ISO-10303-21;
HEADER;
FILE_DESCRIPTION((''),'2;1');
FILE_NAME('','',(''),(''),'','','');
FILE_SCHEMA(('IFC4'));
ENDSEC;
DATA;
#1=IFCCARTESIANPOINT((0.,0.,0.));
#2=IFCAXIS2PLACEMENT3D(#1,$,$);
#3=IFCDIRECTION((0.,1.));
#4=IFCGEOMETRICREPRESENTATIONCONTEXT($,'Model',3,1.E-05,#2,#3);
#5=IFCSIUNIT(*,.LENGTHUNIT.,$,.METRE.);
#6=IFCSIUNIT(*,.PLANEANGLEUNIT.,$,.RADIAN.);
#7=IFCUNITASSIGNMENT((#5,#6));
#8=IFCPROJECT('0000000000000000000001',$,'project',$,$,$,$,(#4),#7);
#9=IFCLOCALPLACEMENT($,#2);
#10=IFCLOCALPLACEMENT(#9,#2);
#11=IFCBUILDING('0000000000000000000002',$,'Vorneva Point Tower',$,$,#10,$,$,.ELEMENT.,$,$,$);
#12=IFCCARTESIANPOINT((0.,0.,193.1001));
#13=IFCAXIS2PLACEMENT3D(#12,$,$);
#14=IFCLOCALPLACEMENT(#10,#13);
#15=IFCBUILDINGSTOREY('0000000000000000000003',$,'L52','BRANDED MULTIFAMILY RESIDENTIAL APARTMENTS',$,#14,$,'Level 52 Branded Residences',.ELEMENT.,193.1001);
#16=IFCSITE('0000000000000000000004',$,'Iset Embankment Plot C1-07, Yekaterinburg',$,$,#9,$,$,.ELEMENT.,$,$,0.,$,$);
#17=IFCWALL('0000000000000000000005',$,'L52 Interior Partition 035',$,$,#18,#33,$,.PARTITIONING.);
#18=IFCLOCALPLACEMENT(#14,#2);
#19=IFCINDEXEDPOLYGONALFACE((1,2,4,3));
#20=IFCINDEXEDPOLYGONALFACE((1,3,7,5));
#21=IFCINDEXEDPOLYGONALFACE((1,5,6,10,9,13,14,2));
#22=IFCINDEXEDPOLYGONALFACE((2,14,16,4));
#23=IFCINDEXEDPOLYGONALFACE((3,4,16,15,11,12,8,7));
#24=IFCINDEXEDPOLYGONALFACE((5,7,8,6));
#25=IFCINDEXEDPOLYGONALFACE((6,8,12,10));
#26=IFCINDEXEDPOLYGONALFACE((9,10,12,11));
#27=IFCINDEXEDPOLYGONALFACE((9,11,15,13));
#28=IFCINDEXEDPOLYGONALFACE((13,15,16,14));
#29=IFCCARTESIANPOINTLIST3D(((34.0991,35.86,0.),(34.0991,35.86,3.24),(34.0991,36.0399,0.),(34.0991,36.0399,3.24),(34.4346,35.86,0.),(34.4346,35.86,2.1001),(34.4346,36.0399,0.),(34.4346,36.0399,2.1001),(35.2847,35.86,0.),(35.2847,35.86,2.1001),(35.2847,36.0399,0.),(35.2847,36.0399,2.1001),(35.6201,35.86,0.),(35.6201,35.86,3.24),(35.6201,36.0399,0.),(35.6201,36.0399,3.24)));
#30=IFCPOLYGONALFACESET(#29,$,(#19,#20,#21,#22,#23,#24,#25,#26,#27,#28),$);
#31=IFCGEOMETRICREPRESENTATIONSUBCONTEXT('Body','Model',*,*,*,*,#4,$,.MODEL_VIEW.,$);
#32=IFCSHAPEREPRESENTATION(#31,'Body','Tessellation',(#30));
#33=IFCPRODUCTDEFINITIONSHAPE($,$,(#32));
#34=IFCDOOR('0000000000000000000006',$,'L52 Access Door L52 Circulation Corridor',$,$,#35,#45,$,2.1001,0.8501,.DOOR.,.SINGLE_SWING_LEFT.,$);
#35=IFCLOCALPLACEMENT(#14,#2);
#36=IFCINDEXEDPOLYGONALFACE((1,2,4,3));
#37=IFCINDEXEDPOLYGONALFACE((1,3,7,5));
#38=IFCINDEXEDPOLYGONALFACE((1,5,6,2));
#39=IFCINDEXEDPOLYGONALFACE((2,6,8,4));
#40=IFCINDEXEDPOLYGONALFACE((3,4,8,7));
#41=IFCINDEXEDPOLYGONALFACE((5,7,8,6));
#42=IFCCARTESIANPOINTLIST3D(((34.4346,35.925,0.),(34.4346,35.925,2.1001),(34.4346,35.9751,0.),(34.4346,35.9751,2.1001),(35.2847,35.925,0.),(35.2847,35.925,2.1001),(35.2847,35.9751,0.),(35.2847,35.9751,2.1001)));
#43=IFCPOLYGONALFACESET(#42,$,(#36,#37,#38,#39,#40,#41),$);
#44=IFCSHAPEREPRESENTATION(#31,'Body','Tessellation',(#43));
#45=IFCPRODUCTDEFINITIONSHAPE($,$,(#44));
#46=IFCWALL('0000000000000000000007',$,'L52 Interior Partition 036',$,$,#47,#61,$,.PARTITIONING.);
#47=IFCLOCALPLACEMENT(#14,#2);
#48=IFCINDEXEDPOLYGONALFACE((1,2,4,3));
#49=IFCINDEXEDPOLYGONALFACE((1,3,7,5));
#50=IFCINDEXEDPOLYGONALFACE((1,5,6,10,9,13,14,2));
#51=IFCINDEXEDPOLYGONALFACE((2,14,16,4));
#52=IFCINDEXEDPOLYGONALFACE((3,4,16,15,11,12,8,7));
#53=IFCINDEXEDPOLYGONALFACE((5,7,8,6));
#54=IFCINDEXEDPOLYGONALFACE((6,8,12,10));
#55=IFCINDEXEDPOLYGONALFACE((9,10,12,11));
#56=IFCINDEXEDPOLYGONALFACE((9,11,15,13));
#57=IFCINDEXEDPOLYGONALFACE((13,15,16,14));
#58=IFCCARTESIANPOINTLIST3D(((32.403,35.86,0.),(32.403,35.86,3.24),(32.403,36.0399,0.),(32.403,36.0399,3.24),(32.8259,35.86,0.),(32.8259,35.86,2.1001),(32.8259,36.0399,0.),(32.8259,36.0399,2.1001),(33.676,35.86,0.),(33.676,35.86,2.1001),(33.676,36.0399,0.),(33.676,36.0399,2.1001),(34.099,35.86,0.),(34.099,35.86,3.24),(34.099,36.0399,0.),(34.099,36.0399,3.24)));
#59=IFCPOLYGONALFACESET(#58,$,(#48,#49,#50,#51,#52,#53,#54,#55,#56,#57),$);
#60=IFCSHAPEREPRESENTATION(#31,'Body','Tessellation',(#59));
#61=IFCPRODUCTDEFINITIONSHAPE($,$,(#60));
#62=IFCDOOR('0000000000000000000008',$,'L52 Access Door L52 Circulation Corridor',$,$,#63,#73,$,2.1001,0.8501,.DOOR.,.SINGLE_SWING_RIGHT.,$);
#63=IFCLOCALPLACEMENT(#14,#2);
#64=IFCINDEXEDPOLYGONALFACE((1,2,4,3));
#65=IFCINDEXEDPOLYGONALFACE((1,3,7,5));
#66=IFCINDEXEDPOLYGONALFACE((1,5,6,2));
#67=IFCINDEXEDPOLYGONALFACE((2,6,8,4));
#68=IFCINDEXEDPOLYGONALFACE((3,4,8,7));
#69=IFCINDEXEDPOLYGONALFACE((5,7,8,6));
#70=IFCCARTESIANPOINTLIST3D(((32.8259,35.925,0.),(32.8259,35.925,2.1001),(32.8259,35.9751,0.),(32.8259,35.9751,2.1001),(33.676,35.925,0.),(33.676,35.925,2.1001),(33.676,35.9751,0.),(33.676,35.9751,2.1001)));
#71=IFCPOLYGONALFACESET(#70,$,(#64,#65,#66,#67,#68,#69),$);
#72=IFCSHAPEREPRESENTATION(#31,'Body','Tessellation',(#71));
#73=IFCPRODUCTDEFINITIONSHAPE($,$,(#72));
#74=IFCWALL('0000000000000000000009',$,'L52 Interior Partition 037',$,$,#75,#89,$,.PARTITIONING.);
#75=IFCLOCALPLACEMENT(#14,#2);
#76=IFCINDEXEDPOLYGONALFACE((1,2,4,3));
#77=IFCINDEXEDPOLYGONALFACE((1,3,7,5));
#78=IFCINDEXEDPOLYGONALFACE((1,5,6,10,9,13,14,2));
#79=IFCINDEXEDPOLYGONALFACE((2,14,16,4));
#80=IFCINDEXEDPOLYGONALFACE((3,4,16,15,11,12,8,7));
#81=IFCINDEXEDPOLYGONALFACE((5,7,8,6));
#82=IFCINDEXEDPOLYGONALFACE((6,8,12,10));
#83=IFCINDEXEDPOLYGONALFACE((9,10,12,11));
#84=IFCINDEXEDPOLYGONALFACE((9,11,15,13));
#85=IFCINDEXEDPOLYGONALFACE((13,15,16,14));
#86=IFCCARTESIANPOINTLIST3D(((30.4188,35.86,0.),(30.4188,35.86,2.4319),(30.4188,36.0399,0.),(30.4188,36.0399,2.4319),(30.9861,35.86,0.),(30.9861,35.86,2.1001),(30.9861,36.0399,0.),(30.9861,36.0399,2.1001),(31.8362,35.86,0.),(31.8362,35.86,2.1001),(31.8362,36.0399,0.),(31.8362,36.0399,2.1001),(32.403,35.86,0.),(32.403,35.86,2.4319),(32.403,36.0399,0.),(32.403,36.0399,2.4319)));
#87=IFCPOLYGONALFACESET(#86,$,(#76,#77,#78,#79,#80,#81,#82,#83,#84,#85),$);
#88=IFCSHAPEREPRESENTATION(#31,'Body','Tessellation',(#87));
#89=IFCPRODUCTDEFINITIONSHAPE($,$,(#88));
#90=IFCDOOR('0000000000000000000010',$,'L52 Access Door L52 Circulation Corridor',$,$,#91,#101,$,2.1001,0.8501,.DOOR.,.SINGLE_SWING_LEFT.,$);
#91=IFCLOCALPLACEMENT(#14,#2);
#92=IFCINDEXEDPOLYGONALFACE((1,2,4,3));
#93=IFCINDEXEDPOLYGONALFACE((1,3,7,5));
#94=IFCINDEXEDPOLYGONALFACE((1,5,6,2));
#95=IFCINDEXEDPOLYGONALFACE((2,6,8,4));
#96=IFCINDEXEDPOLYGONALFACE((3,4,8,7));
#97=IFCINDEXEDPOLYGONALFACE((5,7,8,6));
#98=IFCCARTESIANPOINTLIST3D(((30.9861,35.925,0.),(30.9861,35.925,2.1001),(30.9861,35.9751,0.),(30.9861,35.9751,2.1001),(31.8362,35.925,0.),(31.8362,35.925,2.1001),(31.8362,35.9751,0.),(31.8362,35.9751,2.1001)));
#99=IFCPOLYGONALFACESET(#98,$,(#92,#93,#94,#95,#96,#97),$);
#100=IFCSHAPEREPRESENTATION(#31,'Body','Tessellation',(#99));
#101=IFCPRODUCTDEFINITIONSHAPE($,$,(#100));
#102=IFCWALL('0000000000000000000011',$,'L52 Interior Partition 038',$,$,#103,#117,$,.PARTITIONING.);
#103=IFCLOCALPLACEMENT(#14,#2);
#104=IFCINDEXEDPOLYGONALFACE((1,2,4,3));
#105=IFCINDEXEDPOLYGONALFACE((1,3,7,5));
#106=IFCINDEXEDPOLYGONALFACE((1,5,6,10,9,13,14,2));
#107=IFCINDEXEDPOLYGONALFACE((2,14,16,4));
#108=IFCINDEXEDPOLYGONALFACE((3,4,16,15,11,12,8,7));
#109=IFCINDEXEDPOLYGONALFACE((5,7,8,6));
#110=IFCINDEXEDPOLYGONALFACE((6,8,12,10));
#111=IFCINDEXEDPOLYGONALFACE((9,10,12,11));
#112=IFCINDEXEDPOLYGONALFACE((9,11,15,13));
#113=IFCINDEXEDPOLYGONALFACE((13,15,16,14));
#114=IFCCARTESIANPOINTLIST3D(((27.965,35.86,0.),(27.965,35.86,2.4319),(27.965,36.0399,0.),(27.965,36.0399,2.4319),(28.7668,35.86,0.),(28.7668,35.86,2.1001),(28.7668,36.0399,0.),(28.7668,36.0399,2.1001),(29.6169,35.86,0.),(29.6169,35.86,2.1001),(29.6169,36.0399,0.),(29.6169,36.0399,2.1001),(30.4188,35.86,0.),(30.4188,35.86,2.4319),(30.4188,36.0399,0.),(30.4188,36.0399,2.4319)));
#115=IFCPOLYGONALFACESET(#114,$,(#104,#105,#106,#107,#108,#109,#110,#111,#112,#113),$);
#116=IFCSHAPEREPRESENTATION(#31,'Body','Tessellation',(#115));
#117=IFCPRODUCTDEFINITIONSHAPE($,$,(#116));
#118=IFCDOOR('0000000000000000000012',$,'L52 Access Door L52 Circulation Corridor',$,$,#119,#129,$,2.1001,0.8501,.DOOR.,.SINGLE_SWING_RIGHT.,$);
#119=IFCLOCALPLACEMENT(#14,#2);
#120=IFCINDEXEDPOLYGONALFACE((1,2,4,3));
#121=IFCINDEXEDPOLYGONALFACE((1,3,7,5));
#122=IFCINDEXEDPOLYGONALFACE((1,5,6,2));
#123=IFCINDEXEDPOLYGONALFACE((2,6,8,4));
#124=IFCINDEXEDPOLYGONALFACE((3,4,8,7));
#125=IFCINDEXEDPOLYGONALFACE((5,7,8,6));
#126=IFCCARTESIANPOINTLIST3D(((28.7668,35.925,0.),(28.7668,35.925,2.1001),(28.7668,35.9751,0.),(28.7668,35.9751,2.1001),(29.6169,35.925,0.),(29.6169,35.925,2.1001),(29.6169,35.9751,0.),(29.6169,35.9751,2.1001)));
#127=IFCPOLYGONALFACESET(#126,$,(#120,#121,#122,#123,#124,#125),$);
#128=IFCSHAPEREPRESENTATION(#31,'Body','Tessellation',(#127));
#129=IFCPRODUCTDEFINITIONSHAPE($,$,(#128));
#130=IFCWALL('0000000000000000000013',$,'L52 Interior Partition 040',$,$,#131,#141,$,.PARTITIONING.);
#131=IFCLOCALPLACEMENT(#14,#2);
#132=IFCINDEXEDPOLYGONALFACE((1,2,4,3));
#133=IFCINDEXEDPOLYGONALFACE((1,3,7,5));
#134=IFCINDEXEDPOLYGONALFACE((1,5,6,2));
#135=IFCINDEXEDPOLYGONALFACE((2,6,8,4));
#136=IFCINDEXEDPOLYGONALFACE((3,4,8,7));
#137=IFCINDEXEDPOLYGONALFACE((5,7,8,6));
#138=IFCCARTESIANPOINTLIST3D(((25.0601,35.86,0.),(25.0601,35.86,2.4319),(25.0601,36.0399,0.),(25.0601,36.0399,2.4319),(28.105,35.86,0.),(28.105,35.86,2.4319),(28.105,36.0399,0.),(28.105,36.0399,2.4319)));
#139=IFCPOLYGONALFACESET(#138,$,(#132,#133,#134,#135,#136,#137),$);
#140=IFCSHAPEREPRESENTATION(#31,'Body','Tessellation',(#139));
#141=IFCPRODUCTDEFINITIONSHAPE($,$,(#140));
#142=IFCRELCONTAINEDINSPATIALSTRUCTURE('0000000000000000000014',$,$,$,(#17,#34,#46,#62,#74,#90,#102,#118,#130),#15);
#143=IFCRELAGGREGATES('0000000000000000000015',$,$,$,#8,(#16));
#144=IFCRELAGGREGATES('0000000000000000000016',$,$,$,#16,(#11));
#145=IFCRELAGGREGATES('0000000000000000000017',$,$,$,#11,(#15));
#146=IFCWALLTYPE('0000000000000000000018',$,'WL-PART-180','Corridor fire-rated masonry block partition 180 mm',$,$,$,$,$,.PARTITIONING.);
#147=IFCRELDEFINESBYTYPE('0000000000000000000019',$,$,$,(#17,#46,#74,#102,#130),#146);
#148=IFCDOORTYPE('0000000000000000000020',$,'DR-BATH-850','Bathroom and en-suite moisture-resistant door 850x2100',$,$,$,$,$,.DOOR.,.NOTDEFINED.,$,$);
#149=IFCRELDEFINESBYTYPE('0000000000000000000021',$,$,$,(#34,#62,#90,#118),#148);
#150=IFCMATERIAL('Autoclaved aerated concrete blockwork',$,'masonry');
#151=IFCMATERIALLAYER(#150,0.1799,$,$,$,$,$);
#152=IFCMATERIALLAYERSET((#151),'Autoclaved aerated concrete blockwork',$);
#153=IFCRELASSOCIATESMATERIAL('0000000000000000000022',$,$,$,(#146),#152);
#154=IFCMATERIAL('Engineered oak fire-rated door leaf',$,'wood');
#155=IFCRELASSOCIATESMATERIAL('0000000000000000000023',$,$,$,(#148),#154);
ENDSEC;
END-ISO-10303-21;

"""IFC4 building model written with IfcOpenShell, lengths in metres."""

from ifc_helpers import new_model, si_unit, direction, frame, frame_2d, origin, place, context, subcontext, project, spatial, rectangle, extrude, material, layer, layer_set, type_object, element, fill, save


model = new_model("IFC4")

# Units and contexts
model_context = context("Model", 3, precision=1e-05, world=origin(), true_north=direction((0.0, 1.0)))
body_context = subcontext(model_context, "Body", "Model", "MODEL_VIEW")
ifc_project = project(units=[si_unit("LENGTHUNIT", "METRE"), si_unit("PLANEANGLEUNIT", "RADIAN")], contexts=[model_context])

# Site, building, storey
site_placement = place(None, origin())
site = spatial("IfcSite", under=ifc_project, at=site_placement, Name="Iset Embankment Plot C1-07, Yekaterinburg", CompositionType="ELEMENT", RefElevation=0.0)
building_placement = place(site_placement, origin())
building = spatial("IfcBuilding", under=site, at=building_placement, Name="Vorneva Point Tower", CompositionType="ELEMENT")
storey_placement = place(building_placement, frame((0.0, 0.0, 193.1001)))
storey = spatial("IfcBuildingStorey", under=building, at=storey_placement, Name="L52", Description="BRANDED MULTIFAMILY RESIDENTIAL APARTMENTS", LongName="Level 52 Branded Residences", CompositionType="ELEMENT", Elevation=193.1001)

# Shared definitions
ifc_material_1 = material(Name="Autoclaved aerated concrete blockwork", Category="masonry")
ifc_layer_1 = layer(ifc_material_1, 0.1799)
ifc_layer_set_1 = layer_set([ifc_layer_1], Name="Autoclaved aerated concrete blockwork")
wall_type_1 = type_object("IfcWallType", Name="WL-PART-180", Description="Corridor fire-rated masonry block partition 180 mm", PredefinedType="PARTITIONING", material=ifc_layer_set_1)

# Walls, openings, doors
ifc_material_2 = material(Name="Engineered oak fire-rated door leaf", Category="wood")
door_type_1 = type_object("IfcDoorType", Name="DR-BATH-850", Description="Bathroom and en-suite moisture-resistant door 850x2100", OperationType="NOTDEFINED", PredefinedType="DOOR", material=ifc_material_2)
wall_1_placement = place(storey_placement, frame((35.6201, 35.95, 0.0), z_axis=(0.0, 0.0, 1.0), x_axis=(-1.0, 0.0, 0.0)))
wall_1 = element("IfcWall", 1, at=wall_1_placement, inside=storey, type_object=wall_type_1, Name="L52 Interior Partition 035", PredefinedType="PARTITIONING", context=body_context, shape_type="SweptSolid", body=[
    extrude(rectangle(XDim=1.521, YDim=0.1799, at=frame_2d((0.7605, 0.0))), origin(), (0.0, 0.0, 1.0), 3.24),
])
opening_1_placement = place(wall_1_placement, frame((0.3354, 0.0, 0.0)))
opening_1 = element("IfcOpeningElement", 2, at=opening_1_placement, cuts=wall_1, PredefinedType="OPENING", context=body_context, shape_type="SweptSolid", body=[
    extrude(rectangle(XDim=0.8501, YDim=2.1001, at=frame_2d((0.425, 1.05))), frame((0.0, 0.105, 0.0), z_axis=(0.0, -1.0, 0.0), x_axis=(1.0, 0.0, 0.0)), (0.0, 0.0, 1.0), 0.2097),
])
door_1_placement = place(opening_1_placement, origin())
door_1 = element("IfcDoor", 3, at=door_1_placement, inside=storey, type_object=door_type_1, Name="L52 Access Door L52 Circulation Corridor", OperationType="SINGLE_SWING_LEFT", OverallHeight=2.1001, OverallWidth=0.8501, PredefinedType="DOOR", context=body_context, shape_type="SweptSolid", body=[
    extrude(rectangle(XDim=0.8501, YDim=2.1001, at=frame_2d((0.425, 1.05))), frame((0.0, 0.0249, 0.0), z_axis=(0.0, -1.0, 0.0), x_axis=(1.0, 0.0, 0.0)), (0.0, 0.0, 1.0), 0.05),
])
fill(opening_1, door_1)
wall_2_placement = place(storey_placement, frame((34.0991, 35.95, 0.0), z_axis=(0.0, 0.0, 1.0), x_axis=(-1.0, 0.0, 0.0)))
wall_2 = element("IfcWall", 4, at=wall_2_placement, inside=storey, type_object=wall_type_1, Name="L52 Interior Partition 036", PredefinedType="PARTITIONING", context=body_context, shape_type="SweptSolid", body=[
    extrude(rectangle(XDim=1.696, YDim=0.1799, at=frame_2d((0.8481, 0.0))), origin(), (0.0, 0.0, 1.0), 3.24),
])
opening_2_placement = place(wall_2_placement, frame((0.4231, 0.0, 0.0)))
opening_2 = element("IfcOpeningElement", 5, at=opening_2_placement, cuts=wall_2, PredefinedType="OPENING", context=body_context, shape_type="SweptSolid", body=[
    extrude(rectangle(XDim=0.8501, YDim=2.1001, at=frame_2d((0.425, 1.05))), frame((0.0, 0.105, 0.0), z_axis=(0.0, -1.0, 0.0), x_axis=(1.0, 0.0, 0.0)), (0.0, 0.0, 1.0), 0.2097),
])
door_2_placement = place(opening_2_placement, origin())
door_2 = element("IfcDoor", 6, at=door_2_placement, inside=storey, type_object=door_type_1, Name="L52 Access Door L52 Circulation Corridor", OperationType="SINGLE_SWING_RIGHT", OverallHeight=2.1001, OverallWidth=0.8501, PredefinedType="DOOR", context=body_context, shape_type="SweptSolid", body=[
    extrude(rectangle(XDim=0.8501, YDim=2.1001, at=frame_2d((0.425, 1.05))), frame((0.0, 0.0249, 0.0), z_axis=(0.0, -1.0, 0.0), x_axis=(1.0, 0.0, 0.0)), (0.0, 0.0, 1.0), 0.05),
])
fill(opening_2, door_2)
wall_3_placement = place(storey_placement, frame((32.4031, 35.95, 0.0), z_axis=(0.0, 0.0, 1.0), x_axis=(-1.0, 0.0, 0.0)))
wall_3 = element("IfcWall", 7, at=wall_3_placement, inside=storey, type_object=wall_type_1, Name="L52 Interior Partition 037", PredefinedType="PARTITIONING", context=body_context, shape_type="SweptSolid", body=[
    extrude(rectangle(XDim=1.9841, YDim=0.1799, at=frame_2d((0.9922, 0.0))), origin(), (0.0, 0.0, 1.0), 2.4319),
])
opening_3_placement = place(wall_3_placement, frame((0.5669, 0.0, 0.0)))
opening_3 = element("IfcOpeningElement", 8, at=opening_3_placement, cuts=wall_3, PredefinedType="OPENING", context=body_context, shape_type="SweptSolid", body=[
    extrude(rectangle(XDim=0.8501, YDim=2.1001, at=frame_2d((0.425, 1.05))), frame((0.0, 0.105, 0.0), z_axis=(0.0, -1.0, 0.0), x_axis=(1.0, 0.0, 0.0)), (0.0, 0.0, 1.0), 0.2097),
])
door_3_placement = place(opening_3_placement, origin())
door_3 = element("IfcDoor", 9, at=door_3_placement, inside=storey, type_object=door_type_1, Name="L52 Access Door L52 Circulation Corridor", OperationType="SINGLE_SWING_LEFT", OverallHeight=2.1001, OverallWidth=0.8501, PredefinedType="DOOR", context=body_context, shape_type="SweptSolid", body=[
    extrude(rectangle(XDim=0.8501, YDim=2.1001, at=frame_2d((0.425, 1.05))), frame((0.0, 0.0249, 0.0), z_axis=(0.0, -1.0, 0.0), x_axis=(1.0, 0.0, 0.0)), (0.0, 0.0, 1.0), 0.05),
])
fill(opening_3, door_3)
wall_4_placement = place(storey_placement, frame((30.4189, 35.95, 0.0), z_axis=(0.0, 0.0, 1.0), x_axis=(-1.0, 0.0, 0.0)))
wall_4 = element("IfcWall", 10, at=wall_4_placement, inside=storey, type_object=wall_type_1, Name="L52 Interior Partition 038", PredefinedType="PARTITIONING", context=body_context, shape_type="SweptSolid", body=[
    extrude(rectangle(XDim=2.4539, YDim=0.1799, at=frame_2d((1.2271, 0.0))), origin(), (0.0, 0.0, 1.0), 2.4319),
])
opening_4_placement = place(wall_4_placement, frame((0.802, 0.0, 0.0)))
opening_4 = element("IfcOpeningElement", 11, at=opening_4_placement, cuts=wall_4, PredefinedType="OPENING", context=body_context, shape_type="SweptSolid", body=[
    extrude(rectangle(XDim=0.8501, YDim=2.1001, at=frame_2d((0.425, 1.05))), frame((0.0, 0.105, 0.0), z_axis=(0.0, -1.0, 0.0), x_axis=(1.0, 0.0, 0.0)), (0.0, 0.0, 1.0), 0.2097),
])
door_4_placement = place(opening_4_placement, origin())
door_4 = element("IfcDoor", 12, at=door_4_placement, inside=storey, type_object=door_type_1, Name="L52 Access Door L52 Circulation Corridor", OperationType="SINGLE_SWING_RIGHT", OverallHeight=2.1001, OverallWidth=0.8501, PredefinedType="DOOR", context=body_context, shape_type="SweptSolid", body=[
    extrude(rectangle(XDim=0.8501, YDim=2.1001, at=frame_2d((0.425, 1.05))), frame((0.0, 0.0249, 0.0), z_axis=(0.0, -1.0, 0.0), x_axis=(1.0, 0.0, 0.0)), (0.0, 0.0, 1.0), 0.05),
])
fill(opening_4, door_4)

# Wall
wall_5_placement = place(storey_placement, frame((28.105, 35.95, 0.0), z_axis=(0.0, 0.0, 1.0), x_axis=(-1.0, 0.0, 0.0)))
element("IfcWall", 13, at=wall_5_placement, inside=storey, type_object=wall_type_1, Name="L52 Interior Partition 040", PredefinedType="PARTITIONING", context=body_context, shape_type="SweptSolid", body=[
    extrude(rectangle(XDim=3.0449, YDim=0.1799, at=frame_2d((1.5225, 0.0))), origin(), (0.0, 0.0, 1.0), 2.4319),
])

save(model, "model.ifc")
